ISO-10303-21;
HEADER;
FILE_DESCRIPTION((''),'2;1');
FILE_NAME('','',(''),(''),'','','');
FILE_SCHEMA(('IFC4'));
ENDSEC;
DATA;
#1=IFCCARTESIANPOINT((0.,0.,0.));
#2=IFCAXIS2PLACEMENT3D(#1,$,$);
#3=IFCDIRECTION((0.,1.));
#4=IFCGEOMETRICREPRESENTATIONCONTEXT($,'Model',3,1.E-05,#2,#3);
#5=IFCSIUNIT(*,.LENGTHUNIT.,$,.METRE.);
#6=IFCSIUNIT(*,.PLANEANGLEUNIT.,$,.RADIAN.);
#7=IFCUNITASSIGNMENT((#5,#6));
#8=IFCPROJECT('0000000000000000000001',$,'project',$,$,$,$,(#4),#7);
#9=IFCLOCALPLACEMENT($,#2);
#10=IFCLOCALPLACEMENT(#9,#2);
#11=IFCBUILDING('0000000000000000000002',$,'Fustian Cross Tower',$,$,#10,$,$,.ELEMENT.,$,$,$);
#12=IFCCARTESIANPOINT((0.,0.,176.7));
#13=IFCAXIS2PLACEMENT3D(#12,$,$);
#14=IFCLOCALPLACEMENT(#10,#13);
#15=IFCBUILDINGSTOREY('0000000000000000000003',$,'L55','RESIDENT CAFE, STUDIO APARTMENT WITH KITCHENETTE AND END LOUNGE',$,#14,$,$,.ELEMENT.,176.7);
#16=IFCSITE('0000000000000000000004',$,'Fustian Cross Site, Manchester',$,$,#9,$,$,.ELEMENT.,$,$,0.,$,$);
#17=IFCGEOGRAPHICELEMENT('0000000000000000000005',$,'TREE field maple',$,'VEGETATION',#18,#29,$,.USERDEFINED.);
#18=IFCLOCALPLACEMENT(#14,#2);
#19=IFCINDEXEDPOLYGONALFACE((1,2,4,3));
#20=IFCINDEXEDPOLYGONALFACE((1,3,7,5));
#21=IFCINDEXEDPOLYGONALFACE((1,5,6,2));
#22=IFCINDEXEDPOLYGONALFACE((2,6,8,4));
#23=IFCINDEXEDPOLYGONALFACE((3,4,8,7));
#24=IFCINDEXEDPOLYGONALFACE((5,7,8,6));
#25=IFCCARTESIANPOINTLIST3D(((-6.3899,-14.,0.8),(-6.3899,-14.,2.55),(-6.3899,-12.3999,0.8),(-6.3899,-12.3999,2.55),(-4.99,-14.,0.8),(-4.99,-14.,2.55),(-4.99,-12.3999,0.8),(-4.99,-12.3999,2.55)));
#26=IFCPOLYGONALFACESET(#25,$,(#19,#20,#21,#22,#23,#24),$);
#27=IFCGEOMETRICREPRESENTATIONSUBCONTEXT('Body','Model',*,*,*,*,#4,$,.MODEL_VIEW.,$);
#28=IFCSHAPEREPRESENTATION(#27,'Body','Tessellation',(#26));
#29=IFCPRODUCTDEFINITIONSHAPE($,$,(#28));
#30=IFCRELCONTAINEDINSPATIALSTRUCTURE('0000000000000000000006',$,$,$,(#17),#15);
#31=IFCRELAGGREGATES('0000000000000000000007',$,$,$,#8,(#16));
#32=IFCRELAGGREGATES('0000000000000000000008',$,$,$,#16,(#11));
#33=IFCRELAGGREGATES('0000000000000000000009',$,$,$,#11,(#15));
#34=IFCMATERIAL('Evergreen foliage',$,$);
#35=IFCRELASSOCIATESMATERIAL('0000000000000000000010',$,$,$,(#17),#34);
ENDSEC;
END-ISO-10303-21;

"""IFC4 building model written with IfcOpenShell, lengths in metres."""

from ifc_helpers import new_model, si_unit, direction, frame, origin, origin_2d, place, context, subcontext, project, spatial, rectangle, extrude, material, element, save


model = new_model("IFC4")

# Units and contexts
model_context = context("Model", 3, precision=1e-05, world=origin(), true_north=direction((0.0, 1.0)))
body_context = subcontext(model_context, "Body", "Model", "MODEL_VIEW")
ifc_project = project(units=[si_unit("LENGTHUNIT", "METRE"), si_unit("PLANEANGLEUNIT", "RADIAN")], contexts=[model_context])

# Site, building, storey
site_placement = place(None, origin())
site = spatial("IfcSite", under=ifc_project, at=site_placement, Name="Fustian Cross Site, Manchester", CompositionType="ELEMENT", RefElevation=0.0)
building_placement = place(site_placement, origin())
building = spatial("IfcBuilding", under=site, at=building_placement, Name="Fustian Cross Tower", CompositionType="ELEMENT")
storey_placement = place(building_placement, frame((0.0, 0.0, 176.7)))
storey = spatial("IfcBuildingStorey", under=building, at=storey_placement, Name="L55", Description="RESIDENT CAFE, STUDIO APARTMENT WITH KITCHENETTE AND END LOUNGE", CompositionType="ELEMENT", Elevation=176.7)

# Geographic element
ifc_material_1 = material(Name="Evergreen foliage")
geographic_element_placement = place(storey_placement, frame((-5.6899, -13.2, 0.8), z_axis=(0.0, 0.0, 1.0), x_axis=(1.0, 0.0, 0.0)))
element("IfcGeographicElement", 1, at=geographic_element_placement, inside=storey, material=ifc_material_1, Name="TREE field maple", ObjectType="VEGETATION", PredefinedType="USERDEFINED", context=body_context, shape_type="SweptSolid", body=[
    extrude(rectangle(XDim=1.3999, YDim=1.6001, at=origin_2d()), origin(), (0.0, 0.0, 1.0), 1.75),
])

save(model, "model.ifc")
